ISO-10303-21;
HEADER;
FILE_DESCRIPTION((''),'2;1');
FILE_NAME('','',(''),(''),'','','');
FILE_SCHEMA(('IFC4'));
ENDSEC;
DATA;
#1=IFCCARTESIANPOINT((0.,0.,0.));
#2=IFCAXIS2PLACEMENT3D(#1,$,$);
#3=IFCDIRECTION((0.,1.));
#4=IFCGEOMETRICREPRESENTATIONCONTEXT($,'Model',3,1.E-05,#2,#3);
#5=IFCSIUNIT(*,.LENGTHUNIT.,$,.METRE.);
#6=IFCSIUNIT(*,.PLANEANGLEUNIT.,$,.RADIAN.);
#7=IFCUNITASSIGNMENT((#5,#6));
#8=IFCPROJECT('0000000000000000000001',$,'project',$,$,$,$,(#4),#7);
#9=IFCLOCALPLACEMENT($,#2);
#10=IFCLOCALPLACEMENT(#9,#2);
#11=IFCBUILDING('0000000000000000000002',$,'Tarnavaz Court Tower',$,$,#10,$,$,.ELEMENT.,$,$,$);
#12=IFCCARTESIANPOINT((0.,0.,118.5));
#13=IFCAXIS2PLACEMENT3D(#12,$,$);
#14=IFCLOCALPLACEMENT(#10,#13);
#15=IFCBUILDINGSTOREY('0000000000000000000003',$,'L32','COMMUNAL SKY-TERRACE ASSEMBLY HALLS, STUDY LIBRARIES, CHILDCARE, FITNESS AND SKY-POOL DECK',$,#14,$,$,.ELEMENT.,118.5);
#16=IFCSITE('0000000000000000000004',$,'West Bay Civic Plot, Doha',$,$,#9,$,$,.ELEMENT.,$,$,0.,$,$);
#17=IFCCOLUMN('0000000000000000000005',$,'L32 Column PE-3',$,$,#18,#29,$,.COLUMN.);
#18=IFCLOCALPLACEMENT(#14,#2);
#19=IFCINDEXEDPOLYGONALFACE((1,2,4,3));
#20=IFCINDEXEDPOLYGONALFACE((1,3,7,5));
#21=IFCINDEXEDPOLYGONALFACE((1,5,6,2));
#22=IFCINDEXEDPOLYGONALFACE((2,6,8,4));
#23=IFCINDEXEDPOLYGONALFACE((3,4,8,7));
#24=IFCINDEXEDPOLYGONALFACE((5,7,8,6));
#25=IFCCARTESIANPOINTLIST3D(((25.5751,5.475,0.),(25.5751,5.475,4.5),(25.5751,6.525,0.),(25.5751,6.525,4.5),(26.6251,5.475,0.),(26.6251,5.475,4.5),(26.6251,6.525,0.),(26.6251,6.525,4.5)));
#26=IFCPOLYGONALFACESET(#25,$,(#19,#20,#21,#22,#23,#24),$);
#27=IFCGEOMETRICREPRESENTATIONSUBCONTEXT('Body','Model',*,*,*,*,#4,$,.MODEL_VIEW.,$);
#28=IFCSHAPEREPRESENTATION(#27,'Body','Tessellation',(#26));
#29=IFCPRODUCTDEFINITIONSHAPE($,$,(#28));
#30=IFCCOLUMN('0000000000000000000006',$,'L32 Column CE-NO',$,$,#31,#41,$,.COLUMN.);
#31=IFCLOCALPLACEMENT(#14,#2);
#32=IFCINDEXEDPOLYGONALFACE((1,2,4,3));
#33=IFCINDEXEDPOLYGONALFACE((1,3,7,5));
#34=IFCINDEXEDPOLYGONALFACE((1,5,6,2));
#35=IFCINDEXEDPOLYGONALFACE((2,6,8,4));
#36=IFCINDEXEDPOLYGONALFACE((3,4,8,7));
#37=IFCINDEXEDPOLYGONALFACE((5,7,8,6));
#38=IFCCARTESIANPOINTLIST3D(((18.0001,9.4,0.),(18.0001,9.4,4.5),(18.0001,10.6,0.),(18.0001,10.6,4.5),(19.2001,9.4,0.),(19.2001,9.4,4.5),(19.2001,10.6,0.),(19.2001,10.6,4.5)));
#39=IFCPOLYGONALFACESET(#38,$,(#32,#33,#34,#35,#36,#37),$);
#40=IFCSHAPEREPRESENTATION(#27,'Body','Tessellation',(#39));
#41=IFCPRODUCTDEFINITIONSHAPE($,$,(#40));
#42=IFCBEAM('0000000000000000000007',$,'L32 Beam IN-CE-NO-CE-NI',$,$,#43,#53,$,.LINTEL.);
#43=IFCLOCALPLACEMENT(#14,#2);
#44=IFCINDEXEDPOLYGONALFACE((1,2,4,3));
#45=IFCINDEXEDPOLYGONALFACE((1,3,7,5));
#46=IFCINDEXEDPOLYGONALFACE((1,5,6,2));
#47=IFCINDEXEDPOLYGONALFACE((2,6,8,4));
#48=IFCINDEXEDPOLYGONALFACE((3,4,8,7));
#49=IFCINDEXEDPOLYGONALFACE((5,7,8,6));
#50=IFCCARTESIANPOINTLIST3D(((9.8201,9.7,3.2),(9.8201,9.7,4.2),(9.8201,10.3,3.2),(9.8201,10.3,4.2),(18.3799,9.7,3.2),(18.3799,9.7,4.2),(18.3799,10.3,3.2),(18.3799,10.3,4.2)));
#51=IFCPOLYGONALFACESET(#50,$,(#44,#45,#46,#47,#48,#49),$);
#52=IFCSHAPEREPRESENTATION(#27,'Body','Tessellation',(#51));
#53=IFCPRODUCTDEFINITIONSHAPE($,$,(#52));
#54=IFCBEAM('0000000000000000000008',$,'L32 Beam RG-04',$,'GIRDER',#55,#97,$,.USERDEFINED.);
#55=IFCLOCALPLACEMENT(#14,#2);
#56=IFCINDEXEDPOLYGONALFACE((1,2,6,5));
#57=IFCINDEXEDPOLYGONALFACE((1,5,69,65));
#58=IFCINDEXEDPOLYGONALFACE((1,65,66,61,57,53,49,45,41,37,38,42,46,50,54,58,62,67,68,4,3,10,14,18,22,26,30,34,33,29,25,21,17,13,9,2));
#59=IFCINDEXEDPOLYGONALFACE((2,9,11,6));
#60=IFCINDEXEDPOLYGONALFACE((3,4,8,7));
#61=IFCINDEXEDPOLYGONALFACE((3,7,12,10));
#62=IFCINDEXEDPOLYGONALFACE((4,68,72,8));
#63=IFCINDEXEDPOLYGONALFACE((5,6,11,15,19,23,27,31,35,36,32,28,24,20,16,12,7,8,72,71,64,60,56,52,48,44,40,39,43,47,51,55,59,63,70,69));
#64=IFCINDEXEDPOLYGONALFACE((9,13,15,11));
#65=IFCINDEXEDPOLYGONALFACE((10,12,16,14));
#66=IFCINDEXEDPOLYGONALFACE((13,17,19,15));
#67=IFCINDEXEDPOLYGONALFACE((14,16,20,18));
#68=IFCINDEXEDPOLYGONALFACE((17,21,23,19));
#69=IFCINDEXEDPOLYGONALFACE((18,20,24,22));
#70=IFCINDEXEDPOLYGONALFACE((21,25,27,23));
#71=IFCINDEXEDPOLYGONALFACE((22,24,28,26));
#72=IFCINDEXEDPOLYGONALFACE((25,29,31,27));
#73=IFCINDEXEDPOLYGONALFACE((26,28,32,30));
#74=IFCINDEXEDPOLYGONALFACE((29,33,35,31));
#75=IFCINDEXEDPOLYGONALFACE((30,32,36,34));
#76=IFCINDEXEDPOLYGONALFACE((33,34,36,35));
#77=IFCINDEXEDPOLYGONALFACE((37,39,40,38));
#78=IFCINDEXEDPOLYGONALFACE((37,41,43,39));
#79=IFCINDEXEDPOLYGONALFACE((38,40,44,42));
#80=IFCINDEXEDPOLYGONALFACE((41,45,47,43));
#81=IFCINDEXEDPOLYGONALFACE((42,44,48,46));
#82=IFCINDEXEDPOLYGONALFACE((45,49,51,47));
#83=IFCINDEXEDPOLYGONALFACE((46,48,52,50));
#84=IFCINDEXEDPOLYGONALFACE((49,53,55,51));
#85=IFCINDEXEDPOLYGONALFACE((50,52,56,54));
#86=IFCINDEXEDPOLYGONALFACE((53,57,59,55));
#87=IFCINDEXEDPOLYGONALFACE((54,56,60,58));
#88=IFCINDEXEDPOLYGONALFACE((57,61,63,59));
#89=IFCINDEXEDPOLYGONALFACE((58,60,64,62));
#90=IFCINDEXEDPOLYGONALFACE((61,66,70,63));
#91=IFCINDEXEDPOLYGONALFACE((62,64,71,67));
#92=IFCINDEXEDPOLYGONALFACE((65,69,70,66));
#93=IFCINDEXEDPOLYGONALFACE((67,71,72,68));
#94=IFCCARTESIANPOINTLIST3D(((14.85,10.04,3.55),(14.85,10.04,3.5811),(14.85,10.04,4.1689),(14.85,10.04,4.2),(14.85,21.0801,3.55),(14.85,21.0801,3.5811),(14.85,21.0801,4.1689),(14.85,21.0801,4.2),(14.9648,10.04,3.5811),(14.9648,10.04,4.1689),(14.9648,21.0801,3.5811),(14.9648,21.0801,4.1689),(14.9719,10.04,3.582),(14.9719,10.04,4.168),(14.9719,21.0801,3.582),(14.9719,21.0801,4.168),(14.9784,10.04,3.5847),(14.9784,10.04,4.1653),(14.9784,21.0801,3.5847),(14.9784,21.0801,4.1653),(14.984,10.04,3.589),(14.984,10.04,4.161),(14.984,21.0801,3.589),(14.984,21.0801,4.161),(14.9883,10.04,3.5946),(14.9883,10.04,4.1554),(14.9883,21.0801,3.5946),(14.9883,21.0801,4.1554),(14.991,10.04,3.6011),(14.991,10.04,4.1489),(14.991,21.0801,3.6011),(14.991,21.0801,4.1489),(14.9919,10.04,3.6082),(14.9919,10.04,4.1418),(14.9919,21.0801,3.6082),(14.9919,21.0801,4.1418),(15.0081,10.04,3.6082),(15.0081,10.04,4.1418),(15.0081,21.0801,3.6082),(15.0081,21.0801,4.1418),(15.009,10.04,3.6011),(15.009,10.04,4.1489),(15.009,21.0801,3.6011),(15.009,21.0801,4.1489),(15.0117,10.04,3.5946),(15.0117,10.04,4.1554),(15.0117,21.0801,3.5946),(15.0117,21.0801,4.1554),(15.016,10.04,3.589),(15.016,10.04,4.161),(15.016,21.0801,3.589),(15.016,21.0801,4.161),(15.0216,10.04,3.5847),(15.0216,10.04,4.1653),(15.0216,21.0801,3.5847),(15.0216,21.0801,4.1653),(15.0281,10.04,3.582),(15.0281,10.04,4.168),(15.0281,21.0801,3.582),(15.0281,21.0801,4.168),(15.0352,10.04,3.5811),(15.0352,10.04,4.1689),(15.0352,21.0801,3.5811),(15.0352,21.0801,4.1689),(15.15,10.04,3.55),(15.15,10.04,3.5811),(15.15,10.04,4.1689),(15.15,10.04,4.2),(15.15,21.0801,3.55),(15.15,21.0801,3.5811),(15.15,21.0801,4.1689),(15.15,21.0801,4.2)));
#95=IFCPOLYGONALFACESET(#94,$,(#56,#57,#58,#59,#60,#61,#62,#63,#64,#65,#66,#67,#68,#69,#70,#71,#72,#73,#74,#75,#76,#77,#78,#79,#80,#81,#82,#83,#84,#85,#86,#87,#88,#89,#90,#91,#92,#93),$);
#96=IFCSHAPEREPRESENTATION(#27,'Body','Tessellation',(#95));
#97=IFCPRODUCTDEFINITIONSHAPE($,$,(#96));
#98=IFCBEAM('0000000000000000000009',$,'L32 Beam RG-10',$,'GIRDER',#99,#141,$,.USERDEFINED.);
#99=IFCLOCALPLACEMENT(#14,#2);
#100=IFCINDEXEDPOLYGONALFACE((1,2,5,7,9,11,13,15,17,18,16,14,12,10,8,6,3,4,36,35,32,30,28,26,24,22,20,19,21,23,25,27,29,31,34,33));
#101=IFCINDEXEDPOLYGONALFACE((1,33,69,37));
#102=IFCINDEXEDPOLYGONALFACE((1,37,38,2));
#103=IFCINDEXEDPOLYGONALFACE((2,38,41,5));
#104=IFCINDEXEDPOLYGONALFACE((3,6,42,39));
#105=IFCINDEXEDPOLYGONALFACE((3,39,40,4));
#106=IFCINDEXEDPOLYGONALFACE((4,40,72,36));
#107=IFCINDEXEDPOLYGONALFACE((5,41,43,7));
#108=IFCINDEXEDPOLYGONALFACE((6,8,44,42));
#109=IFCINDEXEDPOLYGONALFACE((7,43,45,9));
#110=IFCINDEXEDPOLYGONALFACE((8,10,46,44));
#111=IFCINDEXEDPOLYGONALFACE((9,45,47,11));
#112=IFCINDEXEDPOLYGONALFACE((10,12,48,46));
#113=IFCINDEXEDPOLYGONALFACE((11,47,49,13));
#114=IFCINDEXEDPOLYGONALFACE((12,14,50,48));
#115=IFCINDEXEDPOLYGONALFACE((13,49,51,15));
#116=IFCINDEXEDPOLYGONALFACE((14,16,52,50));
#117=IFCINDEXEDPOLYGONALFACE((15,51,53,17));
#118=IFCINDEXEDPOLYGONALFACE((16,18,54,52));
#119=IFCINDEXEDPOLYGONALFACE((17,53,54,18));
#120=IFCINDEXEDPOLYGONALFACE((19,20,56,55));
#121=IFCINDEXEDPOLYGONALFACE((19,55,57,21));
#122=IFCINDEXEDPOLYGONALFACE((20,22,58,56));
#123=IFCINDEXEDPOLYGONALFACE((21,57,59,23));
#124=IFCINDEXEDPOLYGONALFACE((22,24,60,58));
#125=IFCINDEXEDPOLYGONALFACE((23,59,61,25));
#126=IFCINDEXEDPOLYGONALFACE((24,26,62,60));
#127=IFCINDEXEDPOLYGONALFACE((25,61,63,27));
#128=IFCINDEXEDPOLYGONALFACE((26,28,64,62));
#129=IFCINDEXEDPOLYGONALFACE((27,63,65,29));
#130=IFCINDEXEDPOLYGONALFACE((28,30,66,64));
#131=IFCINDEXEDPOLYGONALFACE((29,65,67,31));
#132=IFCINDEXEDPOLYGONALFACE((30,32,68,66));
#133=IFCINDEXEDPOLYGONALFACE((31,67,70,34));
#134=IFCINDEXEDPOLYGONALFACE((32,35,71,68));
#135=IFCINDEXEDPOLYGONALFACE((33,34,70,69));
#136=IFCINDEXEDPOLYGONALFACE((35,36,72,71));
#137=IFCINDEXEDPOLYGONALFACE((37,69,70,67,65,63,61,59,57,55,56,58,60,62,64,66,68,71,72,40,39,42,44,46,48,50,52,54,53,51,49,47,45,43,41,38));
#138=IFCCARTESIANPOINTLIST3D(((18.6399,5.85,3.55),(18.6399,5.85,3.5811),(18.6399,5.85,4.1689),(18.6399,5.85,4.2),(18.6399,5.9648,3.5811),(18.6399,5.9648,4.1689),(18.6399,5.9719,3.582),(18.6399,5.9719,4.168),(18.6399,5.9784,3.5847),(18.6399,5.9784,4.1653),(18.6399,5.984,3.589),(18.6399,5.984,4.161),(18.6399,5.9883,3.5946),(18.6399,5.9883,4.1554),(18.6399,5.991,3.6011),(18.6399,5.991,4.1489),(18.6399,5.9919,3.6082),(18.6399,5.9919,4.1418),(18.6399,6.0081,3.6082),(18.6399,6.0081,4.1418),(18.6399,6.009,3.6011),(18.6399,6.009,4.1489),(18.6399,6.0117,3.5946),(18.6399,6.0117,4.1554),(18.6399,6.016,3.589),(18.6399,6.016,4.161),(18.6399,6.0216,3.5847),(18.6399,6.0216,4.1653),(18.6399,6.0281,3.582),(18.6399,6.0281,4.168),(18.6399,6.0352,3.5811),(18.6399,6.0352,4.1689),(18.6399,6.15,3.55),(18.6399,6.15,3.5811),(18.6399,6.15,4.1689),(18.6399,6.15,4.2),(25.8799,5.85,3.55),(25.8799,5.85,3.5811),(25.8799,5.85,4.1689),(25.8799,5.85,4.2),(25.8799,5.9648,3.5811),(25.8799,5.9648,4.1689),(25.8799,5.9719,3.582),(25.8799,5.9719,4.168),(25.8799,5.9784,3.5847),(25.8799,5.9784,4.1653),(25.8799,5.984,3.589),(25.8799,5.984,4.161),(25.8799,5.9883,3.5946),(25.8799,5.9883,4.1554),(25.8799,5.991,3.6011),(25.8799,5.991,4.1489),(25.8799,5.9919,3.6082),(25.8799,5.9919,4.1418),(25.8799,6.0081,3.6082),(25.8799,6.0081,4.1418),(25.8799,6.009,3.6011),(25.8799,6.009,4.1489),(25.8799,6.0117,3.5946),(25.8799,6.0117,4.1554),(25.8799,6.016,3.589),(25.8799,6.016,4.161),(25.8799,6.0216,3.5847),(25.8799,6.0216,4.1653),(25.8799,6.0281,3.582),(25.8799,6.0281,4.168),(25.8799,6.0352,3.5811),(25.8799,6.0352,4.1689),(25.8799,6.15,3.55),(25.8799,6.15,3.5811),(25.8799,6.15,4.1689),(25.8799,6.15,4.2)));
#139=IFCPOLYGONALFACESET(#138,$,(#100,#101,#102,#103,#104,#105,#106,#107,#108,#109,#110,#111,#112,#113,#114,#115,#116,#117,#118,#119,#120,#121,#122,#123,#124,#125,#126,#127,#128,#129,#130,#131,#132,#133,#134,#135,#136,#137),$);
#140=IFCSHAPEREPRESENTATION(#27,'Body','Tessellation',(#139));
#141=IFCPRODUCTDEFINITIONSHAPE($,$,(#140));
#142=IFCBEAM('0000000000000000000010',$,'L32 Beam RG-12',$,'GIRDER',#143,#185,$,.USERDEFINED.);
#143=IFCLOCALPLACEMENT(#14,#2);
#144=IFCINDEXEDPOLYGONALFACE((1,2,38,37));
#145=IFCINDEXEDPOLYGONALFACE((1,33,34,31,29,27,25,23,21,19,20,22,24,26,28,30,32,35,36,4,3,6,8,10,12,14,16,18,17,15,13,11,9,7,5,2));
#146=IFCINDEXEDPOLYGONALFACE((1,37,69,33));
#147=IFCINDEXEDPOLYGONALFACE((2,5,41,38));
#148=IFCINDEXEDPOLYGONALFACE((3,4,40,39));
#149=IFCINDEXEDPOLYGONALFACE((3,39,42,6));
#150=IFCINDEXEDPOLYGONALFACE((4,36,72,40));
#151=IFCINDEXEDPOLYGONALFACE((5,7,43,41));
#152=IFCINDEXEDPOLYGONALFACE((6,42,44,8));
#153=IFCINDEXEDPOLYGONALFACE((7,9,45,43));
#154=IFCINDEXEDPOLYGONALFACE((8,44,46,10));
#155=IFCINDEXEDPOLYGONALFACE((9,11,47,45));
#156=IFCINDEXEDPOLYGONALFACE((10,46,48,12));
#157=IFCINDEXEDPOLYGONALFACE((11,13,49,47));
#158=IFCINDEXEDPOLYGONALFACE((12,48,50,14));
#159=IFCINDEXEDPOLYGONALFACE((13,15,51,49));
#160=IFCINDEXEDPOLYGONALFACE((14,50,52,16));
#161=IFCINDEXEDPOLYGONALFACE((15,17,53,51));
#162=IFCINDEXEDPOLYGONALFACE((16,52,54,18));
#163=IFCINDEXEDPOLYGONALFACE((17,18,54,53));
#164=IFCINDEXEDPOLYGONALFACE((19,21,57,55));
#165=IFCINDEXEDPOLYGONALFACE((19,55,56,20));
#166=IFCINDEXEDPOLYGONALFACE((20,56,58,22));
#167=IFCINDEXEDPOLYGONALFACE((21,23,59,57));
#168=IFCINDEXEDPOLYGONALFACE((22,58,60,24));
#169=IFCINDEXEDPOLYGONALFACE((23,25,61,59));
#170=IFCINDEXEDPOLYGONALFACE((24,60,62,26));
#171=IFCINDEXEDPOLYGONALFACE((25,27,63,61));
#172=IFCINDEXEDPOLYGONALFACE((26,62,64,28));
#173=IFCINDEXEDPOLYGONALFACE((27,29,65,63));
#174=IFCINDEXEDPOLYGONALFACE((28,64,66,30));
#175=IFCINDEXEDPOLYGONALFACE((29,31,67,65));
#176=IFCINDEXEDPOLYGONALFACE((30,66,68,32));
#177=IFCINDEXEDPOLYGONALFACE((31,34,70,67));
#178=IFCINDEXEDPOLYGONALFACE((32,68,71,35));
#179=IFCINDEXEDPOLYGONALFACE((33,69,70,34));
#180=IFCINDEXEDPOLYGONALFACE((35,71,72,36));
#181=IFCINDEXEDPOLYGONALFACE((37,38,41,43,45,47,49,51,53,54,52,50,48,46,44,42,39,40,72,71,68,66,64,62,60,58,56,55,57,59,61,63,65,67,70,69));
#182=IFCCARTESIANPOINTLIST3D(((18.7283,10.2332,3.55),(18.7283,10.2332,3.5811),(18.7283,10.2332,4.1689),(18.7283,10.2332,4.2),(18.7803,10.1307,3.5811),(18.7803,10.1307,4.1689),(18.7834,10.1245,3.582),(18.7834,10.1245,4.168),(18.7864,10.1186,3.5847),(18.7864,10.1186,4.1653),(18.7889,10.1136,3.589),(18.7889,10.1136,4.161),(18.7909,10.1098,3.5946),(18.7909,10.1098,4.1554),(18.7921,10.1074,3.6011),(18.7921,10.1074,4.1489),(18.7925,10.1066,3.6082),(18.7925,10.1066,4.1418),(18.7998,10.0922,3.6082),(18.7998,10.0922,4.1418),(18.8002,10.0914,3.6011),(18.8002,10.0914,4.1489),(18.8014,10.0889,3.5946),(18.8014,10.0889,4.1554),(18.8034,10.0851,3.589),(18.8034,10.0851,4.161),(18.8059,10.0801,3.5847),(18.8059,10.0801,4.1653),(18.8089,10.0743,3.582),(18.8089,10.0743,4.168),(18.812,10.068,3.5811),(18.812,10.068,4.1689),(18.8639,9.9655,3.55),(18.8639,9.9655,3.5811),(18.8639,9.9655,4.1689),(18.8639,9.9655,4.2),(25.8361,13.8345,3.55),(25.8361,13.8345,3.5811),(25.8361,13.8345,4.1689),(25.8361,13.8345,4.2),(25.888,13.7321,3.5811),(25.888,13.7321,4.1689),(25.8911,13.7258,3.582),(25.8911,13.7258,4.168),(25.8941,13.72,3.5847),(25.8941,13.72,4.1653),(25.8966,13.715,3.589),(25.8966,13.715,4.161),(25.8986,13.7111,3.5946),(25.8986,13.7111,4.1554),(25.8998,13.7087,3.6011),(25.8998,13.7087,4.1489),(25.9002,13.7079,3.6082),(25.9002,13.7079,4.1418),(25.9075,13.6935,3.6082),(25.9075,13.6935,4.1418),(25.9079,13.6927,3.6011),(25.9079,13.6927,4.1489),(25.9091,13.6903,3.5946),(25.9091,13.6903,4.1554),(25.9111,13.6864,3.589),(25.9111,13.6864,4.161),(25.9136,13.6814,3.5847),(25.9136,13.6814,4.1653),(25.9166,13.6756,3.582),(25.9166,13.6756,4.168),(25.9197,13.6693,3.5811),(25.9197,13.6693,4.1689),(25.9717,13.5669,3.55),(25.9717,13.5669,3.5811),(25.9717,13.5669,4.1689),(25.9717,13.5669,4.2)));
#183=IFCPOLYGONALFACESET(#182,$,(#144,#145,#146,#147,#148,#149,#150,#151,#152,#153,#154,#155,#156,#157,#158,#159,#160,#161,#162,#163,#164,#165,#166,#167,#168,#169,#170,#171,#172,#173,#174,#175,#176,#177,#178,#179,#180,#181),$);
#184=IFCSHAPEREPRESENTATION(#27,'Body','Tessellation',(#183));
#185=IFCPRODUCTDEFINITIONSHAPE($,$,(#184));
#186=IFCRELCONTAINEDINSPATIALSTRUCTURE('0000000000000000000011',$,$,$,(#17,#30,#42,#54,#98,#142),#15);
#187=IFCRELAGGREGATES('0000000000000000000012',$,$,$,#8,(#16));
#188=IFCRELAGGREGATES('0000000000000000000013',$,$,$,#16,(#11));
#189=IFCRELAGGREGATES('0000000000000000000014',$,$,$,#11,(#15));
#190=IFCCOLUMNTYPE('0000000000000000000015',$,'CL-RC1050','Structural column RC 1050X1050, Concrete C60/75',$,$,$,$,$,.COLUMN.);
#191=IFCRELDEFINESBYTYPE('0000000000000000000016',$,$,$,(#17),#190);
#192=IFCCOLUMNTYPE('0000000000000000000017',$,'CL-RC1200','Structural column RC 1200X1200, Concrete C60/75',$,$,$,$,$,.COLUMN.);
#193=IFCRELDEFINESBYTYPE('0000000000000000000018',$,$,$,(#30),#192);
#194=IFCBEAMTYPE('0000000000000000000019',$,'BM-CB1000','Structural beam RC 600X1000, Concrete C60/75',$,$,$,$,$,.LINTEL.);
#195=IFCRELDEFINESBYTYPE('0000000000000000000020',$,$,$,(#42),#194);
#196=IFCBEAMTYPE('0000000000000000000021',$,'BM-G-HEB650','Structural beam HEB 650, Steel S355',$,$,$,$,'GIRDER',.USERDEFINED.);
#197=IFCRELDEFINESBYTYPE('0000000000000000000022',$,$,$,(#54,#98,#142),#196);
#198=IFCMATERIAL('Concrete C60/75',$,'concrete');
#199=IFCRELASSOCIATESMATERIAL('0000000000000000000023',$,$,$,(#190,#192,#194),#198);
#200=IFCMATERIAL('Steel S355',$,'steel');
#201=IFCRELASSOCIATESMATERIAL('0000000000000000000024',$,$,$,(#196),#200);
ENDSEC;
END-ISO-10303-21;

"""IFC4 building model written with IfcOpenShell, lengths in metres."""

from ifc_helpers import new_model, si_unit, direction, frame, origin, origin_2d, place, context, subcontext, project, spatial, rectangle, i_section, extrude, material, material_profile, profile_set, type_object, element, save


model = new_model("IFC4")

# Units and contexts
model_context = context("Model", 3, precision=1e-05, world=origin(), true_north=direction((0.0, 1.0)))
body_context = subcontext(model_context, "Body", "Model", "MODEL_VIEW")
ifc_project = project(units=[si_unit("LENGTHUNIT", "METRE"), si_unit("PLANEANGLEUNIT", "RADIAN")], contexts=[model_context])

# Site, building, storey
site_placement = place(None, origin())
site = spatial("IfcSite", under=ifc_project, at=site_placement, Name="West Bay Civic Plot, Doha", CompositionType="ELEMENT", RefElevation=0.0)
building_placement = place(site_placement, origin())
building = spatial("IfcBuilding", under=site, at=building_placement, Name="Tarnavaz Court Tower", CompositionType="ELEMENT")
storey_placement = place(building_placement, frame((0.0, 0.0, 118.5)))
storey = spatial("IfcBuildingStorey", under=building, at=storey_placement, Name="L32", Description="COMMUNAL SKY-TERRACE ASSEMBLY HALLS, STUDY LIBRARIES, CHILDCARE, FITNESS AND SKY-POOL DECK", CompositionType="ELEMENT", Elevation=118.5)

# Columns
ifc_material_1 = material(Name="Concrete C60/75", Category="concrete")
ifc_material_profile_1 = material_profile(ifc_material_1, rectangle(XDim=1.05, YDim=1.05, at=origin_2d()), Name="RC 1050X1050")
ifc_profile_set_1 = profile_set([ifc_material_profile_1], Name="Concrete C60/75")
column_type_1 = type_object("IfcColumnType", Name="CL-RC1050", Description="Structural column RC 1050X1050, Concrete C60/75", PredefinedType="COLUMN", material=ifc_profile_set_1)
column_1_placement = place(storey_placement, frame((26.1001, 6.0, 0.0), z_axis=(0.0, 0.0, 1.0), x_axis=(1.0, 0.0, 0.0)))
element("IfcColumn", 1, at=column_1_placement, inside=storey, type_object=column_type_1, Name="L32 Column PE-3", PredefinedType="COLUMN", context=body_context, shape_type="SweptSolid", body=[
    extrude(rectangle(XDim=1.05, YDim=1.05, at=origin_2d()), origin(), (0.0, 0.0, 1.0), 4.5),
])
ifc_material_profile_2 = material_profile(ifc_material_1, rectangle(XDim=1.2, YDim=1.2, at=origin_2d()), Name="RC 1200X1200")
ifc_profile_set_2 = profile_set([ifc_material_profile_2], Name="Concrete C60/75")
column_type_2 = type_object("IfcColumnType", Name="CL-RC1200", Description="Structural column RC 1200X1200, Concrete C60/75", PredefinedType="COLUMN", material=ifc_profile_set_2)
column_2_placement = place(storey_placement, frame((18.6001, 10.0, 0.0), z_axis=(0.0, 0.0, 1.0), x_axis=(1.0, 0.0, 0.0)))
element("IfcColumn", 2, at=column_2_placement, inside=storey, type_object=column_type_2, Name="L32 Column CE-NO", PredefinedType="COLUMN", context=body_context, shape_type="SweptSolid", body=[
    extrude(rectangle(XDim=1.2, YDim=1.2, at=origin_2d()), origin(), (0.0, 0.0, 1.0), 4.5),
])

# Beams
ifc_material_profile_3 = material_profile(ifc_material_1, rectangle(XDim=0.6001, YDim=1.0, at=origin_2d()), Name="RC 600X1000")
ifc_profile_set_3 = profile_set([ifc_material_profile_3], Name="Concrete C60/75")
beam_type_1 = type_object("IfcBeamType", Name="BM-CB1000", Description="Structural beam RC 600X1000, Concrete C60/75", PredefinedType="LINTEL", material=ifc_profile_set_3)
beam_1_placement = place(storey_placement, frame((18.3799, 10.0, 3.7), z_axis=(-1.0, 0.0, 0.0), x_axis=(0.0, -1.0, 0.0)))
element("IfcBeam", 3, at=beam_1_placement, inside=storey, type_object=beam_type_1, Name="L32 Beam IN-CE-NO-CE-NI", PredefinedType="LINTEL", context=body_context, shape_type="SweptSolid", body=[
    extrude(rectangle(XDim=0.6001, YDim=1.0, at=origin_2d()), origin(), (0.0, 0.0, 1.0), 8.5598),
])
ifc_material_2 = material(Name="Steel S355", Category="steel")
ifc_material_profile_4 = material_profile(ifc_material_2, i_section(OverallWidth=0.3, OverallDepth=0.6499, WebThickness=0.0161, FlangeThickness=0.031, FilletRadius=0.0271, at=origin_2d()), Name="HEB 650")
ifc_profile_set_4 = profile_set([ifc_material_profile_4], Name="Steel S355")
beam_type_2 = type_object("IfcBeamType", Name="BM-G-HEB650", Description="Structural beam HEB 650, Steel S355", ElementType="GIRDER", PredefinedType="USERDEFINED", material=ifc_profile_set_4)
beam_2_placement = place(storey_placement, frame((15.0, 10.04, 3.875), z_axis=(0.0, 1.0, 0.0), x_axis=(-1.0, 0.0, 0.0)))
element("IfcBeam", 4, at=beam_2_placement, inside=storey, type_object=beam_type_2, Name="L32 Beam RG-04", ObjectType="GIRDER", PredefinedType="USERDEFINED", context=body_context, shape_type="SweptSolid", body=[
    extrude(i_section(OverallWidth=0.3, OverallDepth=0.6499, WebThickness=0.0161, FlangeThickness=0.031, FilletRadius=0.0271, at=origin_2d()), origin(), (0.0, 0.0, 1.0), 11.04),
])
beam_3_placement = place(storey_placement, frame((18.6399, 6.0, 3.875), z_axis=(1.0, 0.0, 0.0), x_axis=(0.0, 1.0, 0.0)))
element("IfcBeam", 5, at=beam_3_placement, inside=storey, type_object=beam_type_2, Name="L32 Beam RG-10", ObjectType="GIRDER", PredefinedType="USERDEFINED", context=body_context, shape_type="SweptSolid", body=[
    extrude(i_section(OverallWidth=0.3, OverallDepth=0.6499, WebThickness=0.0161, FlangeThickness=0.031, FilletRadius=0.0271, at=origin_2d()), origin(), (0.0, 0.0, 1.0), 7.24),
])
beam_4_placement = place(storey_placement, frame((18.7961, 10.0994, 3.875), z_axis=(0.892031, 0.451975, 0.0), x_axis=(-0.451975, 0.892031, 0.0)))
element("IfcBeam", 6, at=beam_4_placement, inside=storey, type_object=beam_type_2, Name="L32 Beam RG-12", ObjectType="GIRDER", PredefinedType="USERDEFINED", context=body_context, shape_type="SweptSolid", body=[
    extrude(i_section(OverallWidth=0.3, OverallDepth=0.6499, WebThickness=0.0161, FlangeThickness=0.031, FilletRadius=0.0271, at=origin_2d()), origin(), (0.0, 0.0, 1.0), 7.968),
])

save(model, "model.ifc")
